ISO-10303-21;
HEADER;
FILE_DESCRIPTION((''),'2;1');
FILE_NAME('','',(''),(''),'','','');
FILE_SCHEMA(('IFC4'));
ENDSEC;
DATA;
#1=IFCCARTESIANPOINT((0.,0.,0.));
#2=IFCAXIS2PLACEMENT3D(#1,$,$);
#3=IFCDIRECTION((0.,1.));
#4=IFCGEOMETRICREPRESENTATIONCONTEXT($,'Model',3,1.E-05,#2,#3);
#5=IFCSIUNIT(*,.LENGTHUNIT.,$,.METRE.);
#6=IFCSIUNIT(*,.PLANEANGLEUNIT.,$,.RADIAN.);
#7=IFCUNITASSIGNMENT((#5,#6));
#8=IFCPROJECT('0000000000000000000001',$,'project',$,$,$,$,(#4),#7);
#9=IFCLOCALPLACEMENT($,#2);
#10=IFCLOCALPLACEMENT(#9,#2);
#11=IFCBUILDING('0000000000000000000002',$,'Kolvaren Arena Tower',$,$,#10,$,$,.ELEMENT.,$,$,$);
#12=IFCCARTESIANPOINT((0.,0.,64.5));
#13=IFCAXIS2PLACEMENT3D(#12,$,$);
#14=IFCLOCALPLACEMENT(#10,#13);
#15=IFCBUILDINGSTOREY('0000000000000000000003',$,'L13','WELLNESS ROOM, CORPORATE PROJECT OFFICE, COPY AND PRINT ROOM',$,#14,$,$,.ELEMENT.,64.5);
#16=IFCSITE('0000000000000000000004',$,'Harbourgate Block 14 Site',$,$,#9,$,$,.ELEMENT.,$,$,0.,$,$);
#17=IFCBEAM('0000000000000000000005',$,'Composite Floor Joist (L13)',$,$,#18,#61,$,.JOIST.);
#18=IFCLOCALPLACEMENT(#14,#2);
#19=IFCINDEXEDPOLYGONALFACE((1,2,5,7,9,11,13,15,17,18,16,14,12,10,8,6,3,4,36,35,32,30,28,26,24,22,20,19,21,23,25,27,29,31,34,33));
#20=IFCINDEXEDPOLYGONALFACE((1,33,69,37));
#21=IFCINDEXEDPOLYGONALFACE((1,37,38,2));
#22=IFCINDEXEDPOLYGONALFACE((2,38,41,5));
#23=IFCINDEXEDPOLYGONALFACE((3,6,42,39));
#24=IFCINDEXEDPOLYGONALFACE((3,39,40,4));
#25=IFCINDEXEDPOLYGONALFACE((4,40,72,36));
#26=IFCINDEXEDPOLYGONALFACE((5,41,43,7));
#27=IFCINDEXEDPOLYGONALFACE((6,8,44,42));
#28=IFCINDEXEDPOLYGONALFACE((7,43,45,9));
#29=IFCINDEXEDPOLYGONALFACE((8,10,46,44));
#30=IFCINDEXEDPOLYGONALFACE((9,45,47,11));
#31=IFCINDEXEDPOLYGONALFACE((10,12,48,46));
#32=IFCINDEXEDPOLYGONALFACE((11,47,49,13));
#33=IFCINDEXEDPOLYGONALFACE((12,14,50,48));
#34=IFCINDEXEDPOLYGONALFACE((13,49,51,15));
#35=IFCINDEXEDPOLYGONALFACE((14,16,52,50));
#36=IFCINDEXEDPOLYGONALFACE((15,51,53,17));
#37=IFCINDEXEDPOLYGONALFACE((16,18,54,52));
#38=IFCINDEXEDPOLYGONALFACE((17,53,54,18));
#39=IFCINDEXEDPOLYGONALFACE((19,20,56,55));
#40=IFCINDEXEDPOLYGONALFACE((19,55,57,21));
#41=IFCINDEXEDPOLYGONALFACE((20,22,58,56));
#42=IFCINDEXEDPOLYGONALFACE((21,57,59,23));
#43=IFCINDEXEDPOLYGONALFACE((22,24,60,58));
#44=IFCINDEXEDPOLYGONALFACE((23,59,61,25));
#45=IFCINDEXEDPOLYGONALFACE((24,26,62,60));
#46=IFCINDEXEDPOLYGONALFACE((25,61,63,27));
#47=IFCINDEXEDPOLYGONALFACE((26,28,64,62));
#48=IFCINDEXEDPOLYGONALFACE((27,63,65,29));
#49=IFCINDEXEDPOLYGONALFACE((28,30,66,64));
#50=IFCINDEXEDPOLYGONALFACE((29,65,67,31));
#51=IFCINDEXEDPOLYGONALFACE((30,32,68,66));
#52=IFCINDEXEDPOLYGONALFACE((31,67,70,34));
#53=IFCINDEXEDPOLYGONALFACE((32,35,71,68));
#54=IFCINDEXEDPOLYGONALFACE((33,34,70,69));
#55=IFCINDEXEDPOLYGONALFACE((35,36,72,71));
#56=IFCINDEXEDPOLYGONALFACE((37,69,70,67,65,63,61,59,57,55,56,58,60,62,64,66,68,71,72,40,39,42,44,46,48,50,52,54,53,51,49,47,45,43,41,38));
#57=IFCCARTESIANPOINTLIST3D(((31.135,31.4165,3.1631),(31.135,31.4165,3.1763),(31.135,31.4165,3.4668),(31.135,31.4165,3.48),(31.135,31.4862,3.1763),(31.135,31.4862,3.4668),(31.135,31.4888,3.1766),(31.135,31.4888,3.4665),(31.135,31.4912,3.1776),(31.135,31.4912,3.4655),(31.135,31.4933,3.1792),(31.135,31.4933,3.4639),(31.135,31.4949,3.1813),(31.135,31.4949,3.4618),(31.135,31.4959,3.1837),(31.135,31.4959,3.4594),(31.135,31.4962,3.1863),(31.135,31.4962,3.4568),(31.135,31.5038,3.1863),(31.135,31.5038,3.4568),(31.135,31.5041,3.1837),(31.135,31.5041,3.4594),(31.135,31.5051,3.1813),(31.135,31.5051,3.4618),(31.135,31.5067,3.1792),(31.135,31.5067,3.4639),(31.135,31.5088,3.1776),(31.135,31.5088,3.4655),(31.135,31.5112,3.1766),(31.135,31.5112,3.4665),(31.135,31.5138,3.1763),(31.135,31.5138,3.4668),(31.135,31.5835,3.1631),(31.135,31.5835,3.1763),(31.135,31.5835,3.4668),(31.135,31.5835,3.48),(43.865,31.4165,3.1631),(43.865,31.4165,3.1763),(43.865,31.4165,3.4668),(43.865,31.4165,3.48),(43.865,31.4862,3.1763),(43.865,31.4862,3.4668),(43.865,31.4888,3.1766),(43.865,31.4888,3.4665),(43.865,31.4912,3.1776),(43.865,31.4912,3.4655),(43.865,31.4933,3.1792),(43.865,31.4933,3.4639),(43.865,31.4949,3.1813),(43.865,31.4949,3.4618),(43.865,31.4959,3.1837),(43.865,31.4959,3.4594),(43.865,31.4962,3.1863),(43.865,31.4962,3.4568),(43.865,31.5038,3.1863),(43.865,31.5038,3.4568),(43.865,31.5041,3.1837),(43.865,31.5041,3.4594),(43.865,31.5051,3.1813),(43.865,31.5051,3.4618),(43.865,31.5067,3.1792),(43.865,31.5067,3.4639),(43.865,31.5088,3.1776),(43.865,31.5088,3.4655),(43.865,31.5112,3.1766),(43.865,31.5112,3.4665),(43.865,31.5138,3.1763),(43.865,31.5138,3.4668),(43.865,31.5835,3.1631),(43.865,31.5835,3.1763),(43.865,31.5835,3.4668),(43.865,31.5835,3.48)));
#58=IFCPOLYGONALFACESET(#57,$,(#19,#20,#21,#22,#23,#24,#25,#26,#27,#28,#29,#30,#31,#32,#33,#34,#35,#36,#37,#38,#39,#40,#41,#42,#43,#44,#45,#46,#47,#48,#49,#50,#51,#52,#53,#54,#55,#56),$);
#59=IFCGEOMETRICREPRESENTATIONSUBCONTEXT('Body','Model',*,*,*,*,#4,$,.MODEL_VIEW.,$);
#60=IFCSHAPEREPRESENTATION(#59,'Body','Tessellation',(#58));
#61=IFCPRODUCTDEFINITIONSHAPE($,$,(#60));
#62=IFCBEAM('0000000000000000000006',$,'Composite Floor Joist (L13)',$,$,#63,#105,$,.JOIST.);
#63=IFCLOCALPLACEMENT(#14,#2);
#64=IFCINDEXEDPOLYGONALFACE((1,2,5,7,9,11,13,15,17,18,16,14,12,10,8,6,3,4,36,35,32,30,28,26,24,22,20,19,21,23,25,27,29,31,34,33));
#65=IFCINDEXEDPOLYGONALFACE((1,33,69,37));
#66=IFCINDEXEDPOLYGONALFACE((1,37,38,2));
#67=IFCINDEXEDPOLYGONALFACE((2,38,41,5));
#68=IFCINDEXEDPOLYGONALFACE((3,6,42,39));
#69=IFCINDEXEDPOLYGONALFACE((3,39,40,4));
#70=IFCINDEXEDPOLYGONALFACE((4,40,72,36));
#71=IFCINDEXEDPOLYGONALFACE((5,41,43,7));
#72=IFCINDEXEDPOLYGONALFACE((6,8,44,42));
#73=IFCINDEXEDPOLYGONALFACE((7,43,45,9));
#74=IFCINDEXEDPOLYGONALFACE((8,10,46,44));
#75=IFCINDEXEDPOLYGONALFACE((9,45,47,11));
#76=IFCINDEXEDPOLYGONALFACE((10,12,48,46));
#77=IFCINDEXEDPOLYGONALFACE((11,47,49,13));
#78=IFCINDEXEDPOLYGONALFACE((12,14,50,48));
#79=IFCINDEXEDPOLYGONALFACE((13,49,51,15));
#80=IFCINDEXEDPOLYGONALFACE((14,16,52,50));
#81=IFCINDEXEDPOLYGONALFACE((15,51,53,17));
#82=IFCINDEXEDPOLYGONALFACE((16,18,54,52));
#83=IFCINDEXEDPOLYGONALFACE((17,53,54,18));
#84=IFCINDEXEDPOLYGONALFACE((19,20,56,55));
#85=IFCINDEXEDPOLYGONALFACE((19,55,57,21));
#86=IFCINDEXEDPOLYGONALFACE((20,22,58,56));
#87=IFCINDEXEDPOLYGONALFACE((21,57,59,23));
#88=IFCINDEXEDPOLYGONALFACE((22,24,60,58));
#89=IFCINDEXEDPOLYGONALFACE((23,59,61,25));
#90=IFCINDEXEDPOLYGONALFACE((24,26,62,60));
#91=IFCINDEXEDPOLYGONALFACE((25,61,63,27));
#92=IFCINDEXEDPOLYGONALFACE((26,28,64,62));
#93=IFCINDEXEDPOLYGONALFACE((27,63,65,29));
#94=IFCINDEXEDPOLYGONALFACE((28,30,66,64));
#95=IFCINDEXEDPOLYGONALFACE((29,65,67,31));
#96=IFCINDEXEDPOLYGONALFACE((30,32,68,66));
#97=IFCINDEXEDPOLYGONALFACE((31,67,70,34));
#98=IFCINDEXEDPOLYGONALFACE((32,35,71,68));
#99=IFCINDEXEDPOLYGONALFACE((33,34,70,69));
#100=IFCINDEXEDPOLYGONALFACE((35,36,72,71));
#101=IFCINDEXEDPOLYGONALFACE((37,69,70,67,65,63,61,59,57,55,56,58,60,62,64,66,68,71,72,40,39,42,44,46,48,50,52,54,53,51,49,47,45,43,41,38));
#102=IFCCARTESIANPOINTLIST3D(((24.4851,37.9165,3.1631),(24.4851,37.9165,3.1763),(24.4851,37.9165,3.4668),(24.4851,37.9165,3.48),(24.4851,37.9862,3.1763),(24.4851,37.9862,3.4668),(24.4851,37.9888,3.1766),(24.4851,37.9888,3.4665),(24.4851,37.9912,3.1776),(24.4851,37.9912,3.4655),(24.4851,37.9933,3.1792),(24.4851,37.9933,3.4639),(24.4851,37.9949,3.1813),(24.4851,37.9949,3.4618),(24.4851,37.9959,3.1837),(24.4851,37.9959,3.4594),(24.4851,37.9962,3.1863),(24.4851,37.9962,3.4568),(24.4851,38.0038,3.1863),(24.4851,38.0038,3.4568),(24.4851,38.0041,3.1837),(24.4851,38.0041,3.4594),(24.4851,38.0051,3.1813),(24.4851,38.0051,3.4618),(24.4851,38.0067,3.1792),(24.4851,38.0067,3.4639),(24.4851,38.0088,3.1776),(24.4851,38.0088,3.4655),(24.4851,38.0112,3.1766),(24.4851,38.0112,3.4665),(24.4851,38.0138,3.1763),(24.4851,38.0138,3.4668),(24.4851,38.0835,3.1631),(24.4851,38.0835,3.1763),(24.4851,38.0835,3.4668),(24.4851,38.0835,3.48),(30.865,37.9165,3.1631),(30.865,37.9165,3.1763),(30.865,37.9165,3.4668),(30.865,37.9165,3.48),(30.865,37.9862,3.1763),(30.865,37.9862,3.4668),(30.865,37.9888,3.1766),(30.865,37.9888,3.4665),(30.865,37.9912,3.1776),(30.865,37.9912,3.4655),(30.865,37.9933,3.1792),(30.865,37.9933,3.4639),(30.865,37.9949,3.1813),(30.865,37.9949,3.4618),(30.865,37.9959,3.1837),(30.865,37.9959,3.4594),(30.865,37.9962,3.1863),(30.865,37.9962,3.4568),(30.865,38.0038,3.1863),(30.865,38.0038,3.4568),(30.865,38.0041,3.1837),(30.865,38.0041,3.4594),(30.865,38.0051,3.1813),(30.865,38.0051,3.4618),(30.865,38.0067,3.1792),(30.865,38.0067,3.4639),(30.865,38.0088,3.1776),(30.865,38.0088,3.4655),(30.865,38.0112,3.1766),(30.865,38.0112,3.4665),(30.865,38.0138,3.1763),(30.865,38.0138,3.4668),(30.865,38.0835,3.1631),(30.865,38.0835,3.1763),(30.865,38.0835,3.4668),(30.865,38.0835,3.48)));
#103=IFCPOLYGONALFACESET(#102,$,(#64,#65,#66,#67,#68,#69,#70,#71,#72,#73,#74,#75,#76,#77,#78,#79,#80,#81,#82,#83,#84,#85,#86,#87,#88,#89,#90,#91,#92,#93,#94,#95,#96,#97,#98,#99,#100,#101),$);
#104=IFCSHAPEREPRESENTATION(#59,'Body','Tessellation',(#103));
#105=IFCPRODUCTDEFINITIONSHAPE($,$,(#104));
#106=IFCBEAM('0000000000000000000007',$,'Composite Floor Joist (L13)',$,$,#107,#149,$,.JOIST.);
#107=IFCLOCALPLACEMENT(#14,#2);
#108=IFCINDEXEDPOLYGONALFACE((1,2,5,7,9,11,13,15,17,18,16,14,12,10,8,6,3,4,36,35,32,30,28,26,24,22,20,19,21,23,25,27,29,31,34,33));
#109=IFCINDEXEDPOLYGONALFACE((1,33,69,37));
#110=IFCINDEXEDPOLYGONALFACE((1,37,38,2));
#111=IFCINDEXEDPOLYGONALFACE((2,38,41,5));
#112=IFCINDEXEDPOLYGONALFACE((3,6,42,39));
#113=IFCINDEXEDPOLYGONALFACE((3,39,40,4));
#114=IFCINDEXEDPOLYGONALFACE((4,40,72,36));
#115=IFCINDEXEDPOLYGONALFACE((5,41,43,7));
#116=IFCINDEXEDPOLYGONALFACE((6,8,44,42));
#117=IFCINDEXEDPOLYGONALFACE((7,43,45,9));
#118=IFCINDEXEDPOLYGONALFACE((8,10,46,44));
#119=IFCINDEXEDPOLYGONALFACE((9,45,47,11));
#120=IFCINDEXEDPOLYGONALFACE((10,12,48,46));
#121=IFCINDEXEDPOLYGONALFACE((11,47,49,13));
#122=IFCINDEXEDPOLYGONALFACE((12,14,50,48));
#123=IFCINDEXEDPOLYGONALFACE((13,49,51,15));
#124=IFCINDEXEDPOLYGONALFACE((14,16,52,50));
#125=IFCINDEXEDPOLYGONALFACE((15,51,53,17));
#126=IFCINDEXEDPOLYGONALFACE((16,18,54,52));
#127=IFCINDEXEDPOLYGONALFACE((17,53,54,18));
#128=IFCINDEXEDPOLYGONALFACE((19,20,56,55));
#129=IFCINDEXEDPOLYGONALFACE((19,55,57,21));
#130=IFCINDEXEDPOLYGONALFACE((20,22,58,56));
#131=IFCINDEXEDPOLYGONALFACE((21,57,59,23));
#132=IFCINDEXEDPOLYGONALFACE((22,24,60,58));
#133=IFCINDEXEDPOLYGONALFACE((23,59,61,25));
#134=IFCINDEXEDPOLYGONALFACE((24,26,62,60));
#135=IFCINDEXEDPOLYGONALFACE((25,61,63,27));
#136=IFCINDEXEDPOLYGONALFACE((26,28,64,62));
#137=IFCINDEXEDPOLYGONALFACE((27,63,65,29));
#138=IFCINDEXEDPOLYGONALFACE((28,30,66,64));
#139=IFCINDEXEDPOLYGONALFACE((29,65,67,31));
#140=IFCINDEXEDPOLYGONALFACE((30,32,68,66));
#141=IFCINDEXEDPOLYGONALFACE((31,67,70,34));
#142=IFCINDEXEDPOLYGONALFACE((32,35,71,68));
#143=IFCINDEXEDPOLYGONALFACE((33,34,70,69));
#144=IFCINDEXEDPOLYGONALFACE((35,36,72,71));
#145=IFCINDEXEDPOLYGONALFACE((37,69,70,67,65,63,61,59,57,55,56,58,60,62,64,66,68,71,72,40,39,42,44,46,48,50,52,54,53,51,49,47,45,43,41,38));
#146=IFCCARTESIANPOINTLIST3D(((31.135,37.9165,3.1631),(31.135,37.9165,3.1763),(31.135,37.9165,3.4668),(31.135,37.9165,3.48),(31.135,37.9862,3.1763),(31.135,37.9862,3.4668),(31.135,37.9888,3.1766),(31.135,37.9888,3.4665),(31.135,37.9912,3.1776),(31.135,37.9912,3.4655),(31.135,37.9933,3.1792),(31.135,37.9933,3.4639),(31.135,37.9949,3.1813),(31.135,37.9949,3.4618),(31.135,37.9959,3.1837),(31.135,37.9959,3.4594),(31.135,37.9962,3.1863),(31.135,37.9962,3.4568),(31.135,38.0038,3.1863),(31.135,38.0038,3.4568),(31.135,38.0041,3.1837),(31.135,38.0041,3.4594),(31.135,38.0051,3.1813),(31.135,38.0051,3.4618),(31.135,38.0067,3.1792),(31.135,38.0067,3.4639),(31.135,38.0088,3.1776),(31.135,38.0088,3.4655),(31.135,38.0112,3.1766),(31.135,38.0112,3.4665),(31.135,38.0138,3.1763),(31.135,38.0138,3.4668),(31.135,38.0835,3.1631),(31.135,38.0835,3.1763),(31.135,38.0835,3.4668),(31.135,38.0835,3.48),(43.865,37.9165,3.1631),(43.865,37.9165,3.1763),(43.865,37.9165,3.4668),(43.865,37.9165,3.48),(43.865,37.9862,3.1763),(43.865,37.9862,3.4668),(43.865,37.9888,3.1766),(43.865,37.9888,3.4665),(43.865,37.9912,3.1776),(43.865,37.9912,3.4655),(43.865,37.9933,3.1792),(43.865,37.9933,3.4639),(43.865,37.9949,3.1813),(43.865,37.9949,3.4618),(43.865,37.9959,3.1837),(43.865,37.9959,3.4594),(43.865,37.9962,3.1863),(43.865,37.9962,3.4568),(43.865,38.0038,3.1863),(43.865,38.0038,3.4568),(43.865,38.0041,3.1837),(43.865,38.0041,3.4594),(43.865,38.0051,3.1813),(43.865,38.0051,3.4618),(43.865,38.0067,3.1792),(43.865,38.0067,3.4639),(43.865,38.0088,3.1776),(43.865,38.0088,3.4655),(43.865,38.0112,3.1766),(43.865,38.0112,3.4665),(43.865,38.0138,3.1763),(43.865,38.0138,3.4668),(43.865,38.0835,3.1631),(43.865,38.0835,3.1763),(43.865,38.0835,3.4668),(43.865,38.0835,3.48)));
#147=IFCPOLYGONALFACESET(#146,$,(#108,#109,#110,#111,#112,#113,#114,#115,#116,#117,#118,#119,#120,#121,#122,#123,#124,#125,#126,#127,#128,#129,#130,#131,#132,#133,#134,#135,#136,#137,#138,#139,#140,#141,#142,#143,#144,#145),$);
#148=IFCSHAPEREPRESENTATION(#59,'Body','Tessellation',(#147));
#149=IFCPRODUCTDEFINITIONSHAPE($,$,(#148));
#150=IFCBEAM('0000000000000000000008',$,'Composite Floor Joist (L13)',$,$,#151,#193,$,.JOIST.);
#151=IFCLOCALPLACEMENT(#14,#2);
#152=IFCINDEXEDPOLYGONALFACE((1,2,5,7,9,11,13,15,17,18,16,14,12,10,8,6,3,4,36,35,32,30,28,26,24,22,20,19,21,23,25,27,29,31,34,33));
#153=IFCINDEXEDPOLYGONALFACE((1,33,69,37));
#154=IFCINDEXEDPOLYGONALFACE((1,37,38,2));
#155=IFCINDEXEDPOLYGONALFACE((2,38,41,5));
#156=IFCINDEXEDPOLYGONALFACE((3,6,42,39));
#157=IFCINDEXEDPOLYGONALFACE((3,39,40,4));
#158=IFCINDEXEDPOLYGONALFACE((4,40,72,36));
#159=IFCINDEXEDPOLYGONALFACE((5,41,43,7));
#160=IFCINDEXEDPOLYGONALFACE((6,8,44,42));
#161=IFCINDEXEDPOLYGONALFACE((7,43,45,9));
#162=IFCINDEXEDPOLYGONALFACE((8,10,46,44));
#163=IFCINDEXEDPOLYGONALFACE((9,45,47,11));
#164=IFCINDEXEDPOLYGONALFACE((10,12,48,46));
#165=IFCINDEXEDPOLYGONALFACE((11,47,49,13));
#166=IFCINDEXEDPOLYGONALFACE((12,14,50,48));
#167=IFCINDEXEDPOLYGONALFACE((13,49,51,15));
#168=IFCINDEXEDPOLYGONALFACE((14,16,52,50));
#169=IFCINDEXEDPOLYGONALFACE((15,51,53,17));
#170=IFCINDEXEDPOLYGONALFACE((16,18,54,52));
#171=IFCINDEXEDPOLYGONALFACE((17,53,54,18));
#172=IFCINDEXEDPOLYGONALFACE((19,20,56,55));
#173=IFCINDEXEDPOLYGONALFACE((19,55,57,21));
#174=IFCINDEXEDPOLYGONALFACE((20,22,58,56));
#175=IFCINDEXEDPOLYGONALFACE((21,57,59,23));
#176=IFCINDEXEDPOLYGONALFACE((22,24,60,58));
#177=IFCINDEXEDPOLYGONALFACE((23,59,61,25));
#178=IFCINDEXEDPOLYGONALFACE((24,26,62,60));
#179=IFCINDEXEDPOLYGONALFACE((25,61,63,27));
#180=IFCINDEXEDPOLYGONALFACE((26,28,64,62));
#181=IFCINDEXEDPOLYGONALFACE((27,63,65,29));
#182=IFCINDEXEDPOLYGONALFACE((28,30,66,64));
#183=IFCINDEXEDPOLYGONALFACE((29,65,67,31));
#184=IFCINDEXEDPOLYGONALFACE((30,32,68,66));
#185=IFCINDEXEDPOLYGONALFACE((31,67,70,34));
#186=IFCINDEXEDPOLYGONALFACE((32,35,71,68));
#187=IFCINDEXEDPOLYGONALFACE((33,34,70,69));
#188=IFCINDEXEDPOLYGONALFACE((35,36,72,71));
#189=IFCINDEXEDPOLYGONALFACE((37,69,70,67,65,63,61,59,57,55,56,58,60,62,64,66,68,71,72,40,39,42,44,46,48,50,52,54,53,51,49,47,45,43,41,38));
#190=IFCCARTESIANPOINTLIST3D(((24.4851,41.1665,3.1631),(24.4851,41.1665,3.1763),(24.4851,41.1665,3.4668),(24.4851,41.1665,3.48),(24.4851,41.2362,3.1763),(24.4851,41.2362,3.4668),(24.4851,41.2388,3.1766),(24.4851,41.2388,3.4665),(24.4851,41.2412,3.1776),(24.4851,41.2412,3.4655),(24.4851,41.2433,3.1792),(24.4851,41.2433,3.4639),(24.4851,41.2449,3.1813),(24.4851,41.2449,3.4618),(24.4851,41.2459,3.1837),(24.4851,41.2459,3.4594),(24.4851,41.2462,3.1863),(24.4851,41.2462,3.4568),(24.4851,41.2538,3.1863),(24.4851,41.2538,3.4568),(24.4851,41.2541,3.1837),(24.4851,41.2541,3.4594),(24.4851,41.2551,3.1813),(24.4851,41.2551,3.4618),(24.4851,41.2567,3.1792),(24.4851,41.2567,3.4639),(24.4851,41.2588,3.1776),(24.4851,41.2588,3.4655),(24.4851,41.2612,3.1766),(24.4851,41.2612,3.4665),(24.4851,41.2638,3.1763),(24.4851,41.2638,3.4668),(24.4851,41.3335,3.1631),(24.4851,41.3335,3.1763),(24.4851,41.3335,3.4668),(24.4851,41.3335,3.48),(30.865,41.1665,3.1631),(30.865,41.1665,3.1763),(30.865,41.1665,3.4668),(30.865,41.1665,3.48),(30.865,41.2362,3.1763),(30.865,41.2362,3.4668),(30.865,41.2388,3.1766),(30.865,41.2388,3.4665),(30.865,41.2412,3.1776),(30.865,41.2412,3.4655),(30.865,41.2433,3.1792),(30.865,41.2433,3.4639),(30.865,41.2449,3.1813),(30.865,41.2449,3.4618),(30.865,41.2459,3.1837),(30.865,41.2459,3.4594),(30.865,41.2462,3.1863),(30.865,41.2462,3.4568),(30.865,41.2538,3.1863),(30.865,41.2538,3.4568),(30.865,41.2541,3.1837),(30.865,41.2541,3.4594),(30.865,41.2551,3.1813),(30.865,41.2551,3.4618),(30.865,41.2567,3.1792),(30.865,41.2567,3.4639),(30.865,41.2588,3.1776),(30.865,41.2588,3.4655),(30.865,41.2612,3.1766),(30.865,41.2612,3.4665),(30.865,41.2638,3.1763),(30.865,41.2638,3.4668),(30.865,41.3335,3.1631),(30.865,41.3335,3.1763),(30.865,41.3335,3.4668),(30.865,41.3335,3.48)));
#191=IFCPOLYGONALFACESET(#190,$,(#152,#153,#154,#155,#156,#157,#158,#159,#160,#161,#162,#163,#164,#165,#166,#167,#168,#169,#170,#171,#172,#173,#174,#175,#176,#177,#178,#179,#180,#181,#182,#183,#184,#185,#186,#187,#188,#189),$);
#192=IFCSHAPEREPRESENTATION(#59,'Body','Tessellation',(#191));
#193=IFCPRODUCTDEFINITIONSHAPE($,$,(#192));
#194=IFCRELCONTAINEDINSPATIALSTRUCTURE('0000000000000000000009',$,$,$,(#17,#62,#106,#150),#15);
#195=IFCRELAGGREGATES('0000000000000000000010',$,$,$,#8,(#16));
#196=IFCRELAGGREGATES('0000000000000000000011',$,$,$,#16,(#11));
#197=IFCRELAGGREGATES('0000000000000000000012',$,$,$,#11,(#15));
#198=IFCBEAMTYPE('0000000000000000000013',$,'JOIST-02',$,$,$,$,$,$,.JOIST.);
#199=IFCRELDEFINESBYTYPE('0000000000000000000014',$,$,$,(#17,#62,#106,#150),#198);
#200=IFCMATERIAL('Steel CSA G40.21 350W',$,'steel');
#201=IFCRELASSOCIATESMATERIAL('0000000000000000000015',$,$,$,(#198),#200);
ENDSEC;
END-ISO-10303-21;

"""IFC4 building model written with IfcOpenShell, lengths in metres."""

from ifc_helpers import new_model, si_unit, direction, frame, origin, origin_2d, place, context, subcontext, project, spatial, i_section, extrude, material, material_profile, profile_set, type_object, element, save


model = new_model("IFC4")

# Units and contexts
model_context = context("Model", 3, precision=1e-05, world=origin(), true_north=direction((0.0, 1.0)))
body_context = subcontext(model_context, "Body", "Model", "MODEL_VIEW")
ifc_project = project(units=[si_unit("LENGTHUNIT", "METRE"), si_unit("PLANEANGLEUNIT", "RADIAN")], contexts=[model_context])

# Site, building, storey
site_placement = place(None, origin())
site = spatial("IfcSite", under=ifc_project, at=site_placement, Name="Harbourgate Block 14 Site", CompositionType="ELEMENT", RefElevation=0.0)
building_placement = place(site_placement, origin())
building = spatial("IfcBuilding", under=site, at=building_placement, Name="Kolvaren Arena Tower", CompositionType="ELEMENT")
storey_placement = place(building_placement, frame((0.0, 0.0, 64.5)))
storey = spatial("IfcBuildingStorey", under=building, at=storey_placement, Name="L13", Description="WELLNESS ROOM, CORPORATE PROJECT OFFICE, COPY AND PRINT ROOM", CompositionType="ELEMENT", Elevation=64.5)

# Beams
ifc_material_1 = material(Name="Steel CSA G40.21 350W", Category="steel")
ifc_material_profile_1 = material_profile(ifc_material_1, i_section(OverallWidth=0.167, OverallDepth=0.3169, WebThickness=0.0076, FlangeThickness=0.0132, FilletRadius=0.01, at=origin_2d()), Name="W310x52")
ifc_profile_set_1 = profile_set([ifc_material_profile_1], Name="Steel CSA G40.21 350W")
beam_type_1 = type_object("IfcBeamType", Name="JOIST-02", PredefinedType="JOIST", material=ifc_profile_set_1)
beam_1_placement = place(storey_placement, frame((31.135, 31.5, 3.3215), z_axis=(1.0, 0.0, 0.0), x_axis=(0.0, 1.0, 0.0)))
element("IfcBeam", 1, at=beam_1_placement, inside=storey, type_object=beam_type_1, Name="Composite Floor Joist (L13)", PredefinedType="JOIST", context=body_context, shape_type="SweptSolid", body=[
    extrude(i_section(OverallWidth=0.167, OverallDepth=0.3169, WebThickness=0.0076, FlangeThickness=0.0132, FilletRadius=0.01, at=origin_2d()), origin(), (0.0, 0.0, 1.0), 12.73),
])
beam_2_placement = place(storey_placement, frame((24.4851, 38.0, 3.3215), z_axis=(1.0, 0.0, 0.0), x_axis=(0.0, 1.0, 0.0)))
element("IfcBeam", 2, at=beam_2_placement, inside=storey, type_object=beam_type_1, Name="Composite Floor Joist (L13)", PredefinedType="JOIST", context=body_context, shape_type="SweptSolid", body=[
    extrude(i_section(OverallWidth=0.167, OverallDepth=0.3169, WebThickness=0.0076, FlangeThickness=0.0132, FilletRadius=0.01, at=origin_2d()), origin(), (0.0, 0.0, 1.0), 6.3799),
])
beam_3_placement = place(storey_placement, frame((31.135, 38.0, 3.3215), z_axis=(1.0, 0.0, 0.0), x_axis=(0.0, 1.0, 0.0)))
element("IfcBeam", 3, at=beam_3_placement, inside=storey, type_object=beam_type_1, Name="Composite Floor Joist (L13)", PredefinedType="JOIST", context=body_context, shape_type="SweptSolid", body=[
    extrude(i_section(OverallWidth=0.167, OverallDepth=0.3169, WebThickness=0.0076, FlangeThickness=0.0132, FilletRadius=0.01, at=origin_2d()), origin(), (0.0, 0.0, 1.0), 12.73),
])
beam_4_placement = place(storey_placement, frame((24.4851, 41.25, 3.3215), z_axis=(1.0, 0.0, 0.0), x_axis=(0.0, 1.0, 0.0)))
element("IfcBeam", 4, at=beam_4_placement, inside=storey, type_object=beam_type_1, Name="Composite Floor Joist (L13)", PredefinedType="JOIST", context=body_context, shape_type="SweptSolid", body=[
    extrude(i_section(OverallWidth=0.167, OverallDepth=0.3169, WebThickness=0.0076, FlangeThickness=0.0132, FilletRadius=0.01, at=origin_2d()), origin(), (0.0, 0.0, 1.0), 6.3799),
])

save(model, "model.ifc")
